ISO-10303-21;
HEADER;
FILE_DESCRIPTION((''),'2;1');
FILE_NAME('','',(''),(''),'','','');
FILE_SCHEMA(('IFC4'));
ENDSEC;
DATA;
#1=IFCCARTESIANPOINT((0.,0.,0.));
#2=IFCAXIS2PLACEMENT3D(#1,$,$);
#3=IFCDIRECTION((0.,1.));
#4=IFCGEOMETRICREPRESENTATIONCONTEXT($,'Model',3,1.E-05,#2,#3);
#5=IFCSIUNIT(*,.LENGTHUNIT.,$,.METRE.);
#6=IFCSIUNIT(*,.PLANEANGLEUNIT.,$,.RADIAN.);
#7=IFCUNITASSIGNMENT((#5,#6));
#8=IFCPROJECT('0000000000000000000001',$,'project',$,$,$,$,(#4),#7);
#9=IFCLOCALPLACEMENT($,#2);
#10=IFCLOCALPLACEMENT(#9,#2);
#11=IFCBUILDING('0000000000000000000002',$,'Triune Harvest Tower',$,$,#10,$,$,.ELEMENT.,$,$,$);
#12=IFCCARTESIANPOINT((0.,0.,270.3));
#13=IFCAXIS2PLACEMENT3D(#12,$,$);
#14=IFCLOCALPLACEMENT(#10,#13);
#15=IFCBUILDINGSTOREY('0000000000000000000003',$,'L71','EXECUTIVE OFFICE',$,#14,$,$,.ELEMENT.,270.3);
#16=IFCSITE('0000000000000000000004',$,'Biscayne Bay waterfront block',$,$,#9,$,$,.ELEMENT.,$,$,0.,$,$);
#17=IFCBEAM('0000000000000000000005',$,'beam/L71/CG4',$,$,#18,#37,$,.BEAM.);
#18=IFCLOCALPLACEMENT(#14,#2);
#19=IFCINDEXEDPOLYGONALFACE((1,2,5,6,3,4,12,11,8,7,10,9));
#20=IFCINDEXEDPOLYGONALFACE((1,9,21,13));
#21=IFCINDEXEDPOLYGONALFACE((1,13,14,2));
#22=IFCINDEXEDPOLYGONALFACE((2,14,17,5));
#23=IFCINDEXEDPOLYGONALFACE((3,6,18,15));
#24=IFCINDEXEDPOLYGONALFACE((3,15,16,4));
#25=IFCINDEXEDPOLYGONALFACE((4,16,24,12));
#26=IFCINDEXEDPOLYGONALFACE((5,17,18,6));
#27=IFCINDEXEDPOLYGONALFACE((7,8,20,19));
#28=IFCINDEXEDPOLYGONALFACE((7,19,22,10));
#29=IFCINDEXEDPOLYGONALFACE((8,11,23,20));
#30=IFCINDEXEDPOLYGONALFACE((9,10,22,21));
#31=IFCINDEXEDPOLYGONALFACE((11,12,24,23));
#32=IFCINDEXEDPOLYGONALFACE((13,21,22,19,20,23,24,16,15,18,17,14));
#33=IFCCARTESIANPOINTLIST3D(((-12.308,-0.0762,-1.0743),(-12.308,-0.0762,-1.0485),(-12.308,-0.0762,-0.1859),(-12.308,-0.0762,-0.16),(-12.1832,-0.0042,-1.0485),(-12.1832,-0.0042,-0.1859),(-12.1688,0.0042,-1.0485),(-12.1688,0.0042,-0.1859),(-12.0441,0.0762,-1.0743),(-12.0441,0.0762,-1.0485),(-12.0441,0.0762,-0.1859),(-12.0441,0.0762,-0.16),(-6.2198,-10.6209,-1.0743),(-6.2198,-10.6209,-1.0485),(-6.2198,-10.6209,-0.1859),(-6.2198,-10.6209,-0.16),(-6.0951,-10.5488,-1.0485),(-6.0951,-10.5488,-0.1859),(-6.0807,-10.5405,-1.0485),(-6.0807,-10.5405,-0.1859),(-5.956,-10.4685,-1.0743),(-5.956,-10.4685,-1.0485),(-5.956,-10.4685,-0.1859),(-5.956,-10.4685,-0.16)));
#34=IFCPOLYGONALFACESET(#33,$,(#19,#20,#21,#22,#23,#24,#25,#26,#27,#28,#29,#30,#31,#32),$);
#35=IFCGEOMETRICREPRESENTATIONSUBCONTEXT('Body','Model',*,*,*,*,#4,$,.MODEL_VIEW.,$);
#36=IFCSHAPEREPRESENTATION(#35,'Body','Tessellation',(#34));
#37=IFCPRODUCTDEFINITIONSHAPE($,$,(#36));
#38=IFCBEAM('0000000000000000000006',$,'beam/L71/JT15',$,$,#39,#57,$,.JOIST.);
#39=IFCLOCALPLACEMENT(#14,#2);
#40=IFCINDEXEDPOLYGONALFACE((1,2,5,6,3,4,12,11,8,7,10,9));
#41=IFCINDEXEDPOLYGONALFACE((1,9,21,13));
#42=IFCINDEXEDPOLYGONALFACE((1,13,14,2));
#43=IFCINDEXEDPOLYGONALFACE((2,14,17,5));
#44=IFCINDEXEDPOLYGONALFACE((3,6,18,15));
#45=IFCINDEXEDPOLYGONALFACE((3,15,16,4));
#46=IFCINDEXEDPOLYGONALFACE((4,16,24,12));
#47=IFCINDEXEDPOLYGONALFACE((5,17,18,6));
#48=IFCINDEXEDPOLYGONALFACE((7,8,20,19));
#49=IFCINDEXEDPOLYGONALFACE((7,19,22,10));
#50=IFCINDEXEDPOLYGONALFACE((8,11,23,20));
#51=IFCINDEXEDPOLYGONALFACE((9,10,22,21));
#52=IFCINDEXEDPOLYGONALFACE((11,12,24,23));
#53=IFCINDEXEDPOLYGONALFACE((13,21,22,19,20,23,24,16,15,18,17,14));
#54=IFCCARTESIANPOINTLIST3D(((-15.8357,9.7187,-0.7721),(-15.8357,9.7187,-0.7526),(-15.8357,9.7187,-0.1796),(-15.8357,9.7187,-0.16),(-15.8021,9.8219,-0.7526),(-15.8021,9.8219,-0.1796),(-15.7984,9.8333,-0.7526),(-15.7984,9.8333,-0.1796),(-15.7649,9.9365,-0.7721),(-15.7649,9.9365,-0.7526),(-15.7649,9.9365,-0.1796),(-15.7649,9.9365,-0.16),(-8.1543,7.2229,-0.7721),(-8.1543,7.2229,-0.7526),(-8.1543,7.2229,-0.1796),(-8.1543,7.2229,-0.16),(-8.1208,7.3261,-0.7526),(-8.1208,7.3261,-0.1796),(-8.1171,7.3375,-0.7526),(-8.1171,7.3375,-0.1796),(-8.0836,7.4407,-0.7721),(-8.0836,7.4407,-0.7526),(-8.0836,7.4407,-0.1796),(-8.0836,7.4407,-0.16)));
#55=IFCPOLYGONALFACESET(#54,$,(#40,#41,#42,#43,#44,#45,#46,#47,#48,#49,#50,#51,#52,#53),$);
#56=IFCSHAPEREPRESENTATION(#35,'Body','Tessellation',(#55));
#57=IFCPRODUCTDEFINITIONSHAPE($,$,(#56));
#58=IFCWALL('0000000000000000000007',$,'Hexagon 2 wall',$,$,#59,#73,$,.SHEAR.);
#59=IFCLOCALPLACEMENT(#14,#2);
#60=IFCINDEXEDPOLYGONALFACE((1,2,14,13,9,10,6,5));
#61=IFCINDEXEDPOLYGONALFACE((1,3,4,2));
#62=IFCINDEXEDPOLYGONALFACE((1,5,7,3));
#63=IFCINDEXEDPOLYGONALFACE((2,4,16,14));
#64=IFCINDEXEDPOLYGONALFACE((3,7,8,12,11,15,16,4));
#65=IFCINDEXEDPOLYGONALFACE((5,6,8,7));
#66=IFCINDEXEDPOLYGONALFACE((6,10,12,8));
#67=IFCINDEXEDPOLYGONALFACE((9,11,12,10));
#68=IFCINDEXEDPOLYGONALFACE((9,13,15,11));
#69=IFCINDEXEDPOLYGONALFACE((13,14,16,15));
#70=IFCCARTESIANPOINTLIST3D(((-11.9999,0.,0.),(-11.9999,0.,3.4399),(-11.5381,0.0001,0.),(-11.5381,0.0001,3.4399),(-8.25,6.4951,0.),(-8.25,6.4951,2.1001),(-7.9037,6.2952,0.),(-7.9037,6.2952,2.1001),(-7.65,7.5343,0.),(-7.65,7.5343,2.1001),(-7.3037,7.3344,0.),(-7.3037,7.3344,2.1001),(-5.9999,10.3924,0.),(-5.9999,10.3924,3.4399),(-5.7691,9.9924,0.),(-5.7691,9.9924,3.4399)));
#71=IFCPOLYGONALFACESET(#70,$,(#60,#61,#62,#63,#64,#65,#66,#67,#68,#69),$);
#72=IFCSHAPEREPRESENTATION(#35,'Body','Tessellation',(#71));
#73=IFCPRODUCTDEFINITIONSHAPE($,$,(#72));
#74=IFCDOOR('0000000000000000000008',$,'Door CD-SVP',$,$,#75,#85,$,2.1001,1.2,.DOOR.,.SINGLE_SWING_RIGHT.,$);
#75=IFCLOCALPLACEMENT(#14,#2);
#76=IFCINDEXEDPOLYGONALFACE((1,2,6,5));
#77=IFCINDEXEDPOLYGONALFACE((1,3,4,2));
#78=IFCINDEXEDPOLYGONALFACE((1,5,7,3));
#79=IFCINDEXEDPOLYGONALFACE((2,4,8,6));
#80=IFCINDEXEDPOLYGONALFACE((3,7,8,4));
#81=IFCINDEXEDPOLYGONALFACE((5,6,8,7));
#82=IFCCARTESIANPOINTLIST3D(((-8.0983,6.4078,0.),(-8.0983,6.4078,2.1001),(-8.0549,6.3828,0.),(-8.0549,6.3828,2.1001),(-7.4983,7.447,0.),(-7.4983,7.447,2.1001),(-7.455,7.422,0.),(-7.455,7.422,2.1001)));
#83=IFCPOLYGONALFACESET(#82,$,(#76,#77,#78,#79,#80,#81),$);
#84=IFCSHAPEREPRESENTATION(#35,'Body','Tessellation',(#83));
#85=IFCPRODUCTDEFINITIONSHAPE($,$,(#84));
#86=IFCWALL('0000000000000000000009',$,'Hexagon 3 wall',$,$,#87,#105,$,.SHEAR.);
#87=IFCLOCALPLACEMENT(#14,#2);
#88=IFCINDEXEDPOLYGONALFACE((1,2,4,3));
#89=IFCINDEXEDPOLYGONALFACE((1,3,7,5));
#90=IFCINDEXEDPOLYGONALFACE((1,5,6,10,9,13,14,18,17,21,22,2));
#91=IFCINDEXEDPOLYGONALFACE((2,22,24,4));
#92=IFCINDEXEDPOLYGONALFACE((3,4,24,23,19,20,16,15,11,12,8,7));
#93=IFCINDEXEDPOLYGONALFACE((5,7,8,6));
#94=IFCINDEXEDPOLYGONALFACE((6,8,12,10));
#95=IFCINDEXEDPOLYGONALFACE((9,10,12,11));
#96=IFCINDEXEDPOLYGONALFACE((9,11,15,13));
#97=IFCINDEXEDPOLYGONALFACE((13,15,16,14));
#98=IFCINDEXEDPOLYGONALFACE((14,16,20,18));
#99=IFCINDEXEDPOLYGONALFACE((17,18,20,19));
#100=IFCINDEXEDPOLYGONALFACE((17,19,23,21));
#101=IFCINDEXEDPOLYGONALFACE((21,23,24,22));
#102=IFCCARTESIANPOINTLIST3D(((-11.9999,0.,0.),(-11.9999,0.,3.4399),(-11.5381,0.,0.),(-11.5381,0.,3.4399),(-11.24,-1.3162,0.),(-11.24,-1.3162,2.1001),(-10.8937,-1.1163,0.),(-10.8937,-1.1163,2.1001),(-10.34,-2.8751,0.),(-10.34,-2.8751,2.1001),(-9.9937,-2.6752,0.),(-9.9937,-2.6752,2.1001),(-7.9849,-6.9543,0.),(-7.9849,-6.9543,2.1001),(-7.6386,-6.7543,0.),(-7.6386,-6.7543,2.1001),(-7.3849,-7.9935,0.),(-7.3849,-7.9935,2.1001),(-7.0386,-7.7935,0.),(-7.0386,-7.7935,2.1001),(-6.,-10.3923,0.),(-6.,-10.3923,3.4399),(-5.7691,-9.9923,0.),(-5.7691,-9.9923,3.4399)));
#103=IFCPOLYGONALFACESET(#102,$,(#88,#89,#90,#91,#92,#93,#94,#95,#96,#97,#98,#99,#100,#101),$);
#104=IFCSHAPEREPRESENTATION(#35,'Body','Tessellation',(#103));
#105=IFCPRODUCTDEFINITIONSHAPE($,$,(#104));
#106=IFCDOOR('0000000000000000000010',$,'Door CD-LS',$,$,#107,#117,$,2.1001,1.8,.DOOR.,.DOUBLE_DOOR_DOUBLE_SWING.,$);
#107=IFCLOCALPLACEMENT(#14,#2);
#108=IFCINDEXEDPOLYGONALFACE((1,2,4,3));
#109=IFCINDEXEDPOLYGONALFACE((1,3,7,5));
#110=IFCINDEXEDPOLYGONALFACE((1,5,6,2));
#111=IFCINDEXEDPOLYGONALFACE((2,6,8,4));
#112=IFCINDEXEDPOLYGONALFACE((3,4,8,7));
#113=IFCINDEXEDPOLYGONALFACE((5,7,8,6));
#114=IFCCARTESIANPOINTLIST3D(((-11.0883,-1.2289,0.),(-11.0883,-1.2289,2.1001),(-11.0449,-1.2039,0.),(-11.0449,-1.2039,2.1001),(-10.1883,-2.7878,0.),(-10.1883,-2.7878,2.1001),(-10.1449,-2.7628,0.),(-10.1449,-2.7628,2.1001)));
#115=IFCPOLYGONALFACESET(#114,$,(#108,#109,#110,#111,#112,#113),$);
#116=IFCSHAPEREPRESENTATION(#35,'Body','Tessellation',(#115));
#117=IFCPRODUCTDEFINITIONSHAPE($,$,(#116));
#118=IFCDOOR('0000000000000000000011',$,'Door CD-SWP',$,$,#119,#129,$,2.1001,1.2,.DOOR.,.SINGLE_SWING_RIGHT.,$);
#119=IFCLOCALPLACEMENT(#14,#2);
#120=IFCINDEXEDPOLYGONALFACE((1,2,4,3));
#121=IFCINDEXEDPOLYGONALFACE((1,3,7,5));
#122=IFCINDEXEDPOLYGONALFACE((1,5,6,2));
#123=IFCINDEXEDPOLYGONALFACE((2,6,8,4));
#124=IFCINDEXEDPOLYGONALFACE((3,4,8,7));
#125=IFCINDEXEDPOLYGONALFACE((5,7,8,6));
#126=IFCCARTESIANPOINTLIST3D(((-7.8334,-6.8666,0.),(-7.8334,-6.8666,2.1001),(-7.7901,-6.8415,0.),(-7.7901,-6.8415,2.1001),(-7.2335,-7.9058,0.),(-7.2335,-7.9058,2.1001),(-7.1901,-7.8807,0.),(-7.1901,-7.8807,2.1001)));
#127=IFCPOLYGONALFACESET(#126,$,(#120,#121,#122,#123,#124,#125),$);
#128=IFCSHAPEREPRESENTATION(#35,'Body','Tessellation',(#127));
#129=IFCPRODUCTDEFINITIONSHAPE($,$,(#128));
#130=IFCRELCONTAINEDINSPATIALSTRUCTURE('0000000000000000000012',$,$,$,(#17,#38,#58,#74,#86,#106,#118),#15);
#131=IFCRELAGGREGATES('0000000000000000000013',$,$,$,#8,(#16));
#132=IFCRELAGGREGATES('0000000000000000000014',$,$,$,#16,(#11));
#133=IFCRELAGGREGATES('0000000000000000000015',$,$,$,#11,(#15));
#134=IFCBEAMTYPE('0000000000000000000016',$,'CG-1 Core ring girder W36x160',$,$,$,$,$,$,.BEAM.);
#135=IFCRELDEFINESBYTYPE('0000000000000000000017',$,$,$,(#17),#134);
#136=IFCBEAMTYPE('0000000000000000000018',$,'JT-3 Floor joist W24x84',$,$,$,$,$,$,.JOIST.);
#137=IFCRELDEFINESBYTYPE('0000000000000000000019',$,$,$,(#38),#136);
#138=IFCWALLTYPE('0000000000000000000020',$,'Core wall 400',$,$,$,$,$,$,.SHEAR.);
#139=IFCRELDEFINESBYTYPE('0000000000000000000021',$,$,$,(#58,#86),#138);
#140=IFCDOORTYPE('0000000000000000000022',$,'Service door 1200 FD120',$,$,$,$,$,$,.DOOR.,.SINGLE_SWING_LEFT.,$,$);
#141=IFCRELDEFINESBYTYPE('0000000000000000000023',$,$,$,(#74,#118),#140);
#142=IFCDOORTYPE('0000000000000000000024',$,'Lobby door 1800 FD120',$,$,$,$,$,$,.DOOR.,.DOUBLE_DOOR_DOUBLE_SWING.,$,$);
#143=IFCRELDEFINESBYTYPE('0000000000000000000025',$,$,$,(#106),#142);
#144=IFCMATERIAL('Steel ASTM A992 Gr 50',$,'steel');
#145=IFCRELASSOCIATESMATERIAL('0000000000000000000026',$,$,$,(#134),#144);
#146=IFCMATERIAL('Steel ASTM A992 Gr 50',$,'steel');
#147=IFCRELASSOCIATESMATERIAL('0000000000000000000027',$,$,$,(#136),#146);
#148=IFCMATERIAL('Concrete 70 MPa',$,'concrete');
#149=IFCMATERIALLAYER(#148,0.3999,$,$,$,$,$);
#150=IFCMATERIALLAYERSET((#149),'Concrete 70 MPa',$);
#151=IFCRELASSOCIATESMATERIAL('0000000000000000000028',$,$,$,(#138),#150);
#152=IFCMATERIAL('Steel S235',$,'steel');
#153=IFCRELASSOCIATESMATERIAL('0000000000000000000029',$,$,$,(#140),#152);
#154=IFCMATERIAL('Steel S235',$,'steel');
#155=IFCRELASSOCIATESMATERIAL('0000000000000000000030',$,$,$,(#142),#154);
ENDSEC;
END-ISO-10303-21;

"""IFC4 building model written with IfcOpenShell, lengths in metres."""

from ifc_helpers import new_model, si_unit, direction, frame, frame_2d, origin, origin_2d, place, context, subcontext, project, spatial, polyline, rectangle, i_section, outline, extrude, source, transform, mapped, material, layer, layer_set, material_profile, profile_set, type_object, element, fill, save


model = new_model("IFC4")

# Units and contexts
model_context = context("Model", 3, precision=1e-05, world=origin(), true_north=direction((0.0, 1.0)))
body_context = subcontext(model_context, "Body", "Model", "MODEL_VIEW")
ifc_project = project(units=[si_unit("LENGTHUNIT", "METRE"), si_unit("PLANEANGLEUNIT", "RADIAN")], contexts=[model_context])

# Site, building, storey
site_placement = place(None, origin())
site = spatial("IfcSite", under=ifc_project, at=site_placement, Name="Biscayne Bay waterfront block", CompositionType="ELEMENT", RefElevation=0.0)
building_placement = place(site_placement, origin())
building = spatial("IfcBuilding", under=site, at=building_placement, Name="Triune Harvest Tower", CompositionType="ELEMENT")
storey_placement = place(building_placement, frame((0.0, 0.0, 270.3)))
storey = spatial("IfcBuildingStorey", under=building, at=storey_placement, Name="L71", Description="EXECUTIVE OFFICE", CompositionType="ELEMENT", Elevation=270.3)

# Beams
ifc_material_1 = material(Name="Steel ASTM A992 Gr 50", Category="steel")
ifc_material_profile_1 = material_profile(ifc_material_1, i_section(OverallWidth=0.3047, OverallDepth=0.9143, WebThickness=0.0166, FlangeThickness=0.0259, at=origin_2d()), Name="W36x160")
ifc_profile_set_1 = profile_set([ifc_material_profile_1], Name="Steel ASTM A992 Gr 50")
beam_type_1 = type_object("IfcBeamType", Name="CG-1 Core ring girder W36x160", PredefinedType="BEAM", material=ifc_profile_set_1)
shared_shape_1 = source(origin(), body_context, "Body", "SweptSolid", [
    extrude(i_section(OverallWidth=0.3047, OverallDepth=0.9143, WebThickness=0.0166, FlangeThickness=0.0259, at=origin_2d()), origin(), (0.0, 0.0, 1.0), 12.176),
])
beam_1_placement = place(storey_placement, frame((-12.176, 0.0, -0.6172), z_axis=(0.50001, -0.86602, 0.0), x_axis=(0.86602, 0.50001, 0.0)))
element("IfcBeam", 1, at=beam_1_placement, inside=storey, type_object=beam_type_1, Name="beam/L71/CG4", PredefinedType="BEAM", context=body_context, shape_type="MappedRepresentation", body=[
    mapped(shared_shape_1, transform((0.0, 0.0, 0.0), scale=1.0)),
])
ifc_material_2 = material(Name="Steel ASTM A992 Gr 50", Category="steel")
ifc_material_profile_2 = material_profile(ifc_material_2, i_section(OverallWidth=0.229, OverallDepth=0.6121, WebThickness=0.012, FlangeThickness=0.0195, at=origin_2d()), Name="W24x84")
ifc_profile_set_2 = profile_set([ifc_material_profile_2], Name="Steel ASTM A992 Gr 50")
beam_type_2 = type_object("IfcBeamType", Name="JT-3 Floor joist W24x84", PredefinedType="JOIST", material=ifc_profile_set_2)
shared_shape_2 = source(origin(), body_context, "Body", "SweptSolid", [
    extrude(i_section(OverallWidth=0.229, OverallDepth=0.6121, WebThickness=0.012, FlangeThickness=0.0195, at=origin_2d()), origin(), (0.0, 0.0, 1.0), 8.0767),
])
beam_2_placement = place(storey_placement, frame((-15.8003, 9.8276, -0.4661), z_axis=(0.951056, -0.309018, 0.0), x_axis=(0.309018, 0.951056, 0.0)))
element("IfcBeam", 2, at=beam_2_placement, inside=storey, type_object=beam_type_2, Name="beam/L71/JT15", PredefinedType="JOIST", context=body_context, shape_type="MappedRepresentation", body=[
    mapped(shared_shape_2, transform((0.0, 0.0, 0.0), scale=1.0)),
])

# Wall, opening, door
ifc_material_3 = material(Name="Concrete 70 MPa", Category="concrete")
ifc_layer_1 = layer(ifc_material_3, 0.3999)
ifc_layer_set_1 = layer_set([ifc_layer_1], Name="Concrete 70 MPa")
wall_type_1 = type_object("IfcWallType", Name="Core wall 400", PredefinedType="SHEAR", material=ifc_layer_set_1)
shared_shape_3 = source(origin(), body_context, "Body", "SweptSolid", [
    extrude(outline(polyline([(-0.1155, -0.2), (11.8845, -0.2), (11.6536, 0.2), (0.1155, 0.2), (-0.1155, -0.2)])), origin(), (0.0, 0.0, 1.0), 3.4399),
])
wall_1_placement = place(storey_placement, frame((-5.8845, 10.1924, 0.0), z_axis=(0.0, 0.0, 1.0), x_axis=(-0.499997, -0.866027, 0.0)))
wall_1 = element("IfcWall", 3, at=wall_1_placement, inside=storey, type_object=wall_type_1, Name="Hexagon 2 wall", PredefinedType="SHEAR", context=body_context, shape_type="MappedRepresentation", body=[
    mapped(shared_shape_3, transform((0.0, 0.0, 0.0), scale=1.0)),
])
opening_1_placement = place(wall_1_placement, frame((3.1846, 0.0, 0.0)))
opening_1 = element("IfcOpeningElement", 4, at=opening_1_placement, cuts=wall_1, PredefinedType="OPENING", context=body_context, shape_type="SweptSolid", body=[
    extrude(rectangle(XDim=1.2, YDim=2.1001, at=frame_2d((0.6001, 1.05))), frame((0.0, 0.21, 0.0), z_axis=(0.0, -1.0, 0.0), x_axis=(1.0, 0.0, 0.0)), (0.0, 0.0, 1.0), 0.4199),
])
ifc_material_4 = material(Name="Steel S235", Category="steel")
door_type_1 = type_object("IfcDoorType", Name="Service door 1200 FD120", OperationType="SINGLE_SWING_LEFT", PredefinedType="DOOR", material=ifc_material_4)
door_1_placement = place(opening_1_placement, frame((1.2, 0.0, 0.0), z_axis=(0.0, 0.0, 1.0), x_axis=(-1.0, 0.0, 0.0)))
door_1 = element("IfcDoor", 5, at=door_1_placement, inside=storey, type_object=door_type_1, Name="Door CD-SVP", OperationType="SINGLE_SWING_RIGHT", OverallHeight=2.1001, OverallWidth=1.2, PredefinedType="DOOR", context=body_context, shape_type="SweptSolid", body=[
    extrude(rectangle(XDim=1.2, YDim=2.1001, at=frame_2d((0.6001, 1.05))), frame((0.0, 0.0249, 0.0), z_axis=(0.0, -1.0, 0.0), x_axis=(1.0, 0.0, 0.0)), (0.0, 0.0, 1.0), 0.05),
])
fill(opening_1, door_1)

# Wall, openings, doors
wall_2_placement = place(storey_placement, frame((-11.769, 0.0, 0.0), z_axis=(0.0, 0.0, 1.0), x_axis=(0.499997, -0.866027, 0.0)))
wall_2 = element("IfcWall", 6, at=wall_2_placement, inside=storey, type_object=wall_type_1, Name="Hexagon 3 wall", PredefinedType="SHEAR", context=body_context, shape_type="MappedRepresentation", body=[
    mapped(shared_shape_3, transform((0.0, 0.0, 0.0), scale=1.0)),
])
opening_2_placement = place(wall_2_placement, frame((1.4045, 0.0, 0.0)))
opening_2 = element("IfcOpeningElement", 7, at=opening_2_placement, cuts=wall_2, PredefinedType="OPENING", context=body_context, shape_type="SweptSolid", body=[
    extrude(rectangle(XDim=1.8, YDim=2.1001, at=frame_2d((0.8999, 1.05))), frame((0.0, 0.21, 0.0), z_axis=(0.0, -1.0, 0.0), x_axis=(1.0, 0.0, 0.0)), (0.0, 0.0, 1.0), 0.4199),
])
opening_3_placement = place(wall_2_placement, frame((7.9146, 0.0, 0.0)))
opening_3 = element("IfcOpeningElement", 8, at=opening_3_placement, cuts=wall_2, PredefinedType="OPENING", context=body_context, shape_type="SweptSolid", body=[
    extrude(rectangle(XDim=1.2, YDim=2.1001, at=frame_2d((0.6001, 1.05))), frame((0.0, 0.21, 0.0), z_axis=(0.0, -1.0, 0.0), x_axis=(1.0, 0.0, 0.0)), (0.0, 0.0, 1.0), 0.4199),
])
ifc_material_5 = material(Name="Steel S235", Category="steel")
door_type_2 = type_object("IfcDoorType", Name="Lobby door 1800 FD120", OperationType="DOUBLE_DOOR_DOUBLE_SWING", PredefinedType="DOOR", material=ifc_material_5)
door_2_placement = place(opening_2_placement, frame((1.8, 0.0, 0.0), z_axis=(0.0, 0.0, 1.0), x_axis=(-1.0, 0.0, 0.0)))
door_2 = element("IfcDoor", 9, at=door_2_placement, inside=storey, type_object=door_type_2, Name="Door CD-LS", OperationType="DOUBLE_DOOR_DOUBLE_SWING", OverallHeight=2.1001, OverallWidth=1.8, PredefinedType="DOOR", context=body_context, shape_type="SweptSolid", body=[
    extrude(rectangle(XDim=1.8, YDim=2.1001, at=frame_2d((0.8999, 1.05))), frame((0.0, 0.0249, 0.0), z_axis=(0.0, -1.0, 0.0), x_axis=(1.0, 0.0, 0.0)), (0.0, 0.0, 1.0), 0.05),
])
fill(opening_2, door_2)
door_3_placement = place(opening_3_placement, frame((1.2, 0.0, 0.0), z_axis=(0.0, 0.0, 1.0), x_axis=(-1.0, 0.0, 0.0)))
door_3 = element("IfcDoor", 10, at=door_3_placement, inside=storey, type_object=door_type_1, Name="Door CD-SWP", OperationType="SINGLE_SWING_RIGHT", OverallHeight=2.1001, OverallWidth=1.2, PredefinedType="DOOR", context=body_context, shape_type="SweptSolid", body=[
    extrude(rectangle(XDim=1.2, YDim=2.1001, at=frame_2d((0.6001, 1.05))), frame((0.0, 0.0249, 0.0), z_axis=(0.0, -1.0, 0.0), x_axis=(1.0, 0.0, 0.0)), (0.0, 0.0, 1.0), 0.05),
])
fill(opening_3, door_3)

save(model, "model.ifc")
